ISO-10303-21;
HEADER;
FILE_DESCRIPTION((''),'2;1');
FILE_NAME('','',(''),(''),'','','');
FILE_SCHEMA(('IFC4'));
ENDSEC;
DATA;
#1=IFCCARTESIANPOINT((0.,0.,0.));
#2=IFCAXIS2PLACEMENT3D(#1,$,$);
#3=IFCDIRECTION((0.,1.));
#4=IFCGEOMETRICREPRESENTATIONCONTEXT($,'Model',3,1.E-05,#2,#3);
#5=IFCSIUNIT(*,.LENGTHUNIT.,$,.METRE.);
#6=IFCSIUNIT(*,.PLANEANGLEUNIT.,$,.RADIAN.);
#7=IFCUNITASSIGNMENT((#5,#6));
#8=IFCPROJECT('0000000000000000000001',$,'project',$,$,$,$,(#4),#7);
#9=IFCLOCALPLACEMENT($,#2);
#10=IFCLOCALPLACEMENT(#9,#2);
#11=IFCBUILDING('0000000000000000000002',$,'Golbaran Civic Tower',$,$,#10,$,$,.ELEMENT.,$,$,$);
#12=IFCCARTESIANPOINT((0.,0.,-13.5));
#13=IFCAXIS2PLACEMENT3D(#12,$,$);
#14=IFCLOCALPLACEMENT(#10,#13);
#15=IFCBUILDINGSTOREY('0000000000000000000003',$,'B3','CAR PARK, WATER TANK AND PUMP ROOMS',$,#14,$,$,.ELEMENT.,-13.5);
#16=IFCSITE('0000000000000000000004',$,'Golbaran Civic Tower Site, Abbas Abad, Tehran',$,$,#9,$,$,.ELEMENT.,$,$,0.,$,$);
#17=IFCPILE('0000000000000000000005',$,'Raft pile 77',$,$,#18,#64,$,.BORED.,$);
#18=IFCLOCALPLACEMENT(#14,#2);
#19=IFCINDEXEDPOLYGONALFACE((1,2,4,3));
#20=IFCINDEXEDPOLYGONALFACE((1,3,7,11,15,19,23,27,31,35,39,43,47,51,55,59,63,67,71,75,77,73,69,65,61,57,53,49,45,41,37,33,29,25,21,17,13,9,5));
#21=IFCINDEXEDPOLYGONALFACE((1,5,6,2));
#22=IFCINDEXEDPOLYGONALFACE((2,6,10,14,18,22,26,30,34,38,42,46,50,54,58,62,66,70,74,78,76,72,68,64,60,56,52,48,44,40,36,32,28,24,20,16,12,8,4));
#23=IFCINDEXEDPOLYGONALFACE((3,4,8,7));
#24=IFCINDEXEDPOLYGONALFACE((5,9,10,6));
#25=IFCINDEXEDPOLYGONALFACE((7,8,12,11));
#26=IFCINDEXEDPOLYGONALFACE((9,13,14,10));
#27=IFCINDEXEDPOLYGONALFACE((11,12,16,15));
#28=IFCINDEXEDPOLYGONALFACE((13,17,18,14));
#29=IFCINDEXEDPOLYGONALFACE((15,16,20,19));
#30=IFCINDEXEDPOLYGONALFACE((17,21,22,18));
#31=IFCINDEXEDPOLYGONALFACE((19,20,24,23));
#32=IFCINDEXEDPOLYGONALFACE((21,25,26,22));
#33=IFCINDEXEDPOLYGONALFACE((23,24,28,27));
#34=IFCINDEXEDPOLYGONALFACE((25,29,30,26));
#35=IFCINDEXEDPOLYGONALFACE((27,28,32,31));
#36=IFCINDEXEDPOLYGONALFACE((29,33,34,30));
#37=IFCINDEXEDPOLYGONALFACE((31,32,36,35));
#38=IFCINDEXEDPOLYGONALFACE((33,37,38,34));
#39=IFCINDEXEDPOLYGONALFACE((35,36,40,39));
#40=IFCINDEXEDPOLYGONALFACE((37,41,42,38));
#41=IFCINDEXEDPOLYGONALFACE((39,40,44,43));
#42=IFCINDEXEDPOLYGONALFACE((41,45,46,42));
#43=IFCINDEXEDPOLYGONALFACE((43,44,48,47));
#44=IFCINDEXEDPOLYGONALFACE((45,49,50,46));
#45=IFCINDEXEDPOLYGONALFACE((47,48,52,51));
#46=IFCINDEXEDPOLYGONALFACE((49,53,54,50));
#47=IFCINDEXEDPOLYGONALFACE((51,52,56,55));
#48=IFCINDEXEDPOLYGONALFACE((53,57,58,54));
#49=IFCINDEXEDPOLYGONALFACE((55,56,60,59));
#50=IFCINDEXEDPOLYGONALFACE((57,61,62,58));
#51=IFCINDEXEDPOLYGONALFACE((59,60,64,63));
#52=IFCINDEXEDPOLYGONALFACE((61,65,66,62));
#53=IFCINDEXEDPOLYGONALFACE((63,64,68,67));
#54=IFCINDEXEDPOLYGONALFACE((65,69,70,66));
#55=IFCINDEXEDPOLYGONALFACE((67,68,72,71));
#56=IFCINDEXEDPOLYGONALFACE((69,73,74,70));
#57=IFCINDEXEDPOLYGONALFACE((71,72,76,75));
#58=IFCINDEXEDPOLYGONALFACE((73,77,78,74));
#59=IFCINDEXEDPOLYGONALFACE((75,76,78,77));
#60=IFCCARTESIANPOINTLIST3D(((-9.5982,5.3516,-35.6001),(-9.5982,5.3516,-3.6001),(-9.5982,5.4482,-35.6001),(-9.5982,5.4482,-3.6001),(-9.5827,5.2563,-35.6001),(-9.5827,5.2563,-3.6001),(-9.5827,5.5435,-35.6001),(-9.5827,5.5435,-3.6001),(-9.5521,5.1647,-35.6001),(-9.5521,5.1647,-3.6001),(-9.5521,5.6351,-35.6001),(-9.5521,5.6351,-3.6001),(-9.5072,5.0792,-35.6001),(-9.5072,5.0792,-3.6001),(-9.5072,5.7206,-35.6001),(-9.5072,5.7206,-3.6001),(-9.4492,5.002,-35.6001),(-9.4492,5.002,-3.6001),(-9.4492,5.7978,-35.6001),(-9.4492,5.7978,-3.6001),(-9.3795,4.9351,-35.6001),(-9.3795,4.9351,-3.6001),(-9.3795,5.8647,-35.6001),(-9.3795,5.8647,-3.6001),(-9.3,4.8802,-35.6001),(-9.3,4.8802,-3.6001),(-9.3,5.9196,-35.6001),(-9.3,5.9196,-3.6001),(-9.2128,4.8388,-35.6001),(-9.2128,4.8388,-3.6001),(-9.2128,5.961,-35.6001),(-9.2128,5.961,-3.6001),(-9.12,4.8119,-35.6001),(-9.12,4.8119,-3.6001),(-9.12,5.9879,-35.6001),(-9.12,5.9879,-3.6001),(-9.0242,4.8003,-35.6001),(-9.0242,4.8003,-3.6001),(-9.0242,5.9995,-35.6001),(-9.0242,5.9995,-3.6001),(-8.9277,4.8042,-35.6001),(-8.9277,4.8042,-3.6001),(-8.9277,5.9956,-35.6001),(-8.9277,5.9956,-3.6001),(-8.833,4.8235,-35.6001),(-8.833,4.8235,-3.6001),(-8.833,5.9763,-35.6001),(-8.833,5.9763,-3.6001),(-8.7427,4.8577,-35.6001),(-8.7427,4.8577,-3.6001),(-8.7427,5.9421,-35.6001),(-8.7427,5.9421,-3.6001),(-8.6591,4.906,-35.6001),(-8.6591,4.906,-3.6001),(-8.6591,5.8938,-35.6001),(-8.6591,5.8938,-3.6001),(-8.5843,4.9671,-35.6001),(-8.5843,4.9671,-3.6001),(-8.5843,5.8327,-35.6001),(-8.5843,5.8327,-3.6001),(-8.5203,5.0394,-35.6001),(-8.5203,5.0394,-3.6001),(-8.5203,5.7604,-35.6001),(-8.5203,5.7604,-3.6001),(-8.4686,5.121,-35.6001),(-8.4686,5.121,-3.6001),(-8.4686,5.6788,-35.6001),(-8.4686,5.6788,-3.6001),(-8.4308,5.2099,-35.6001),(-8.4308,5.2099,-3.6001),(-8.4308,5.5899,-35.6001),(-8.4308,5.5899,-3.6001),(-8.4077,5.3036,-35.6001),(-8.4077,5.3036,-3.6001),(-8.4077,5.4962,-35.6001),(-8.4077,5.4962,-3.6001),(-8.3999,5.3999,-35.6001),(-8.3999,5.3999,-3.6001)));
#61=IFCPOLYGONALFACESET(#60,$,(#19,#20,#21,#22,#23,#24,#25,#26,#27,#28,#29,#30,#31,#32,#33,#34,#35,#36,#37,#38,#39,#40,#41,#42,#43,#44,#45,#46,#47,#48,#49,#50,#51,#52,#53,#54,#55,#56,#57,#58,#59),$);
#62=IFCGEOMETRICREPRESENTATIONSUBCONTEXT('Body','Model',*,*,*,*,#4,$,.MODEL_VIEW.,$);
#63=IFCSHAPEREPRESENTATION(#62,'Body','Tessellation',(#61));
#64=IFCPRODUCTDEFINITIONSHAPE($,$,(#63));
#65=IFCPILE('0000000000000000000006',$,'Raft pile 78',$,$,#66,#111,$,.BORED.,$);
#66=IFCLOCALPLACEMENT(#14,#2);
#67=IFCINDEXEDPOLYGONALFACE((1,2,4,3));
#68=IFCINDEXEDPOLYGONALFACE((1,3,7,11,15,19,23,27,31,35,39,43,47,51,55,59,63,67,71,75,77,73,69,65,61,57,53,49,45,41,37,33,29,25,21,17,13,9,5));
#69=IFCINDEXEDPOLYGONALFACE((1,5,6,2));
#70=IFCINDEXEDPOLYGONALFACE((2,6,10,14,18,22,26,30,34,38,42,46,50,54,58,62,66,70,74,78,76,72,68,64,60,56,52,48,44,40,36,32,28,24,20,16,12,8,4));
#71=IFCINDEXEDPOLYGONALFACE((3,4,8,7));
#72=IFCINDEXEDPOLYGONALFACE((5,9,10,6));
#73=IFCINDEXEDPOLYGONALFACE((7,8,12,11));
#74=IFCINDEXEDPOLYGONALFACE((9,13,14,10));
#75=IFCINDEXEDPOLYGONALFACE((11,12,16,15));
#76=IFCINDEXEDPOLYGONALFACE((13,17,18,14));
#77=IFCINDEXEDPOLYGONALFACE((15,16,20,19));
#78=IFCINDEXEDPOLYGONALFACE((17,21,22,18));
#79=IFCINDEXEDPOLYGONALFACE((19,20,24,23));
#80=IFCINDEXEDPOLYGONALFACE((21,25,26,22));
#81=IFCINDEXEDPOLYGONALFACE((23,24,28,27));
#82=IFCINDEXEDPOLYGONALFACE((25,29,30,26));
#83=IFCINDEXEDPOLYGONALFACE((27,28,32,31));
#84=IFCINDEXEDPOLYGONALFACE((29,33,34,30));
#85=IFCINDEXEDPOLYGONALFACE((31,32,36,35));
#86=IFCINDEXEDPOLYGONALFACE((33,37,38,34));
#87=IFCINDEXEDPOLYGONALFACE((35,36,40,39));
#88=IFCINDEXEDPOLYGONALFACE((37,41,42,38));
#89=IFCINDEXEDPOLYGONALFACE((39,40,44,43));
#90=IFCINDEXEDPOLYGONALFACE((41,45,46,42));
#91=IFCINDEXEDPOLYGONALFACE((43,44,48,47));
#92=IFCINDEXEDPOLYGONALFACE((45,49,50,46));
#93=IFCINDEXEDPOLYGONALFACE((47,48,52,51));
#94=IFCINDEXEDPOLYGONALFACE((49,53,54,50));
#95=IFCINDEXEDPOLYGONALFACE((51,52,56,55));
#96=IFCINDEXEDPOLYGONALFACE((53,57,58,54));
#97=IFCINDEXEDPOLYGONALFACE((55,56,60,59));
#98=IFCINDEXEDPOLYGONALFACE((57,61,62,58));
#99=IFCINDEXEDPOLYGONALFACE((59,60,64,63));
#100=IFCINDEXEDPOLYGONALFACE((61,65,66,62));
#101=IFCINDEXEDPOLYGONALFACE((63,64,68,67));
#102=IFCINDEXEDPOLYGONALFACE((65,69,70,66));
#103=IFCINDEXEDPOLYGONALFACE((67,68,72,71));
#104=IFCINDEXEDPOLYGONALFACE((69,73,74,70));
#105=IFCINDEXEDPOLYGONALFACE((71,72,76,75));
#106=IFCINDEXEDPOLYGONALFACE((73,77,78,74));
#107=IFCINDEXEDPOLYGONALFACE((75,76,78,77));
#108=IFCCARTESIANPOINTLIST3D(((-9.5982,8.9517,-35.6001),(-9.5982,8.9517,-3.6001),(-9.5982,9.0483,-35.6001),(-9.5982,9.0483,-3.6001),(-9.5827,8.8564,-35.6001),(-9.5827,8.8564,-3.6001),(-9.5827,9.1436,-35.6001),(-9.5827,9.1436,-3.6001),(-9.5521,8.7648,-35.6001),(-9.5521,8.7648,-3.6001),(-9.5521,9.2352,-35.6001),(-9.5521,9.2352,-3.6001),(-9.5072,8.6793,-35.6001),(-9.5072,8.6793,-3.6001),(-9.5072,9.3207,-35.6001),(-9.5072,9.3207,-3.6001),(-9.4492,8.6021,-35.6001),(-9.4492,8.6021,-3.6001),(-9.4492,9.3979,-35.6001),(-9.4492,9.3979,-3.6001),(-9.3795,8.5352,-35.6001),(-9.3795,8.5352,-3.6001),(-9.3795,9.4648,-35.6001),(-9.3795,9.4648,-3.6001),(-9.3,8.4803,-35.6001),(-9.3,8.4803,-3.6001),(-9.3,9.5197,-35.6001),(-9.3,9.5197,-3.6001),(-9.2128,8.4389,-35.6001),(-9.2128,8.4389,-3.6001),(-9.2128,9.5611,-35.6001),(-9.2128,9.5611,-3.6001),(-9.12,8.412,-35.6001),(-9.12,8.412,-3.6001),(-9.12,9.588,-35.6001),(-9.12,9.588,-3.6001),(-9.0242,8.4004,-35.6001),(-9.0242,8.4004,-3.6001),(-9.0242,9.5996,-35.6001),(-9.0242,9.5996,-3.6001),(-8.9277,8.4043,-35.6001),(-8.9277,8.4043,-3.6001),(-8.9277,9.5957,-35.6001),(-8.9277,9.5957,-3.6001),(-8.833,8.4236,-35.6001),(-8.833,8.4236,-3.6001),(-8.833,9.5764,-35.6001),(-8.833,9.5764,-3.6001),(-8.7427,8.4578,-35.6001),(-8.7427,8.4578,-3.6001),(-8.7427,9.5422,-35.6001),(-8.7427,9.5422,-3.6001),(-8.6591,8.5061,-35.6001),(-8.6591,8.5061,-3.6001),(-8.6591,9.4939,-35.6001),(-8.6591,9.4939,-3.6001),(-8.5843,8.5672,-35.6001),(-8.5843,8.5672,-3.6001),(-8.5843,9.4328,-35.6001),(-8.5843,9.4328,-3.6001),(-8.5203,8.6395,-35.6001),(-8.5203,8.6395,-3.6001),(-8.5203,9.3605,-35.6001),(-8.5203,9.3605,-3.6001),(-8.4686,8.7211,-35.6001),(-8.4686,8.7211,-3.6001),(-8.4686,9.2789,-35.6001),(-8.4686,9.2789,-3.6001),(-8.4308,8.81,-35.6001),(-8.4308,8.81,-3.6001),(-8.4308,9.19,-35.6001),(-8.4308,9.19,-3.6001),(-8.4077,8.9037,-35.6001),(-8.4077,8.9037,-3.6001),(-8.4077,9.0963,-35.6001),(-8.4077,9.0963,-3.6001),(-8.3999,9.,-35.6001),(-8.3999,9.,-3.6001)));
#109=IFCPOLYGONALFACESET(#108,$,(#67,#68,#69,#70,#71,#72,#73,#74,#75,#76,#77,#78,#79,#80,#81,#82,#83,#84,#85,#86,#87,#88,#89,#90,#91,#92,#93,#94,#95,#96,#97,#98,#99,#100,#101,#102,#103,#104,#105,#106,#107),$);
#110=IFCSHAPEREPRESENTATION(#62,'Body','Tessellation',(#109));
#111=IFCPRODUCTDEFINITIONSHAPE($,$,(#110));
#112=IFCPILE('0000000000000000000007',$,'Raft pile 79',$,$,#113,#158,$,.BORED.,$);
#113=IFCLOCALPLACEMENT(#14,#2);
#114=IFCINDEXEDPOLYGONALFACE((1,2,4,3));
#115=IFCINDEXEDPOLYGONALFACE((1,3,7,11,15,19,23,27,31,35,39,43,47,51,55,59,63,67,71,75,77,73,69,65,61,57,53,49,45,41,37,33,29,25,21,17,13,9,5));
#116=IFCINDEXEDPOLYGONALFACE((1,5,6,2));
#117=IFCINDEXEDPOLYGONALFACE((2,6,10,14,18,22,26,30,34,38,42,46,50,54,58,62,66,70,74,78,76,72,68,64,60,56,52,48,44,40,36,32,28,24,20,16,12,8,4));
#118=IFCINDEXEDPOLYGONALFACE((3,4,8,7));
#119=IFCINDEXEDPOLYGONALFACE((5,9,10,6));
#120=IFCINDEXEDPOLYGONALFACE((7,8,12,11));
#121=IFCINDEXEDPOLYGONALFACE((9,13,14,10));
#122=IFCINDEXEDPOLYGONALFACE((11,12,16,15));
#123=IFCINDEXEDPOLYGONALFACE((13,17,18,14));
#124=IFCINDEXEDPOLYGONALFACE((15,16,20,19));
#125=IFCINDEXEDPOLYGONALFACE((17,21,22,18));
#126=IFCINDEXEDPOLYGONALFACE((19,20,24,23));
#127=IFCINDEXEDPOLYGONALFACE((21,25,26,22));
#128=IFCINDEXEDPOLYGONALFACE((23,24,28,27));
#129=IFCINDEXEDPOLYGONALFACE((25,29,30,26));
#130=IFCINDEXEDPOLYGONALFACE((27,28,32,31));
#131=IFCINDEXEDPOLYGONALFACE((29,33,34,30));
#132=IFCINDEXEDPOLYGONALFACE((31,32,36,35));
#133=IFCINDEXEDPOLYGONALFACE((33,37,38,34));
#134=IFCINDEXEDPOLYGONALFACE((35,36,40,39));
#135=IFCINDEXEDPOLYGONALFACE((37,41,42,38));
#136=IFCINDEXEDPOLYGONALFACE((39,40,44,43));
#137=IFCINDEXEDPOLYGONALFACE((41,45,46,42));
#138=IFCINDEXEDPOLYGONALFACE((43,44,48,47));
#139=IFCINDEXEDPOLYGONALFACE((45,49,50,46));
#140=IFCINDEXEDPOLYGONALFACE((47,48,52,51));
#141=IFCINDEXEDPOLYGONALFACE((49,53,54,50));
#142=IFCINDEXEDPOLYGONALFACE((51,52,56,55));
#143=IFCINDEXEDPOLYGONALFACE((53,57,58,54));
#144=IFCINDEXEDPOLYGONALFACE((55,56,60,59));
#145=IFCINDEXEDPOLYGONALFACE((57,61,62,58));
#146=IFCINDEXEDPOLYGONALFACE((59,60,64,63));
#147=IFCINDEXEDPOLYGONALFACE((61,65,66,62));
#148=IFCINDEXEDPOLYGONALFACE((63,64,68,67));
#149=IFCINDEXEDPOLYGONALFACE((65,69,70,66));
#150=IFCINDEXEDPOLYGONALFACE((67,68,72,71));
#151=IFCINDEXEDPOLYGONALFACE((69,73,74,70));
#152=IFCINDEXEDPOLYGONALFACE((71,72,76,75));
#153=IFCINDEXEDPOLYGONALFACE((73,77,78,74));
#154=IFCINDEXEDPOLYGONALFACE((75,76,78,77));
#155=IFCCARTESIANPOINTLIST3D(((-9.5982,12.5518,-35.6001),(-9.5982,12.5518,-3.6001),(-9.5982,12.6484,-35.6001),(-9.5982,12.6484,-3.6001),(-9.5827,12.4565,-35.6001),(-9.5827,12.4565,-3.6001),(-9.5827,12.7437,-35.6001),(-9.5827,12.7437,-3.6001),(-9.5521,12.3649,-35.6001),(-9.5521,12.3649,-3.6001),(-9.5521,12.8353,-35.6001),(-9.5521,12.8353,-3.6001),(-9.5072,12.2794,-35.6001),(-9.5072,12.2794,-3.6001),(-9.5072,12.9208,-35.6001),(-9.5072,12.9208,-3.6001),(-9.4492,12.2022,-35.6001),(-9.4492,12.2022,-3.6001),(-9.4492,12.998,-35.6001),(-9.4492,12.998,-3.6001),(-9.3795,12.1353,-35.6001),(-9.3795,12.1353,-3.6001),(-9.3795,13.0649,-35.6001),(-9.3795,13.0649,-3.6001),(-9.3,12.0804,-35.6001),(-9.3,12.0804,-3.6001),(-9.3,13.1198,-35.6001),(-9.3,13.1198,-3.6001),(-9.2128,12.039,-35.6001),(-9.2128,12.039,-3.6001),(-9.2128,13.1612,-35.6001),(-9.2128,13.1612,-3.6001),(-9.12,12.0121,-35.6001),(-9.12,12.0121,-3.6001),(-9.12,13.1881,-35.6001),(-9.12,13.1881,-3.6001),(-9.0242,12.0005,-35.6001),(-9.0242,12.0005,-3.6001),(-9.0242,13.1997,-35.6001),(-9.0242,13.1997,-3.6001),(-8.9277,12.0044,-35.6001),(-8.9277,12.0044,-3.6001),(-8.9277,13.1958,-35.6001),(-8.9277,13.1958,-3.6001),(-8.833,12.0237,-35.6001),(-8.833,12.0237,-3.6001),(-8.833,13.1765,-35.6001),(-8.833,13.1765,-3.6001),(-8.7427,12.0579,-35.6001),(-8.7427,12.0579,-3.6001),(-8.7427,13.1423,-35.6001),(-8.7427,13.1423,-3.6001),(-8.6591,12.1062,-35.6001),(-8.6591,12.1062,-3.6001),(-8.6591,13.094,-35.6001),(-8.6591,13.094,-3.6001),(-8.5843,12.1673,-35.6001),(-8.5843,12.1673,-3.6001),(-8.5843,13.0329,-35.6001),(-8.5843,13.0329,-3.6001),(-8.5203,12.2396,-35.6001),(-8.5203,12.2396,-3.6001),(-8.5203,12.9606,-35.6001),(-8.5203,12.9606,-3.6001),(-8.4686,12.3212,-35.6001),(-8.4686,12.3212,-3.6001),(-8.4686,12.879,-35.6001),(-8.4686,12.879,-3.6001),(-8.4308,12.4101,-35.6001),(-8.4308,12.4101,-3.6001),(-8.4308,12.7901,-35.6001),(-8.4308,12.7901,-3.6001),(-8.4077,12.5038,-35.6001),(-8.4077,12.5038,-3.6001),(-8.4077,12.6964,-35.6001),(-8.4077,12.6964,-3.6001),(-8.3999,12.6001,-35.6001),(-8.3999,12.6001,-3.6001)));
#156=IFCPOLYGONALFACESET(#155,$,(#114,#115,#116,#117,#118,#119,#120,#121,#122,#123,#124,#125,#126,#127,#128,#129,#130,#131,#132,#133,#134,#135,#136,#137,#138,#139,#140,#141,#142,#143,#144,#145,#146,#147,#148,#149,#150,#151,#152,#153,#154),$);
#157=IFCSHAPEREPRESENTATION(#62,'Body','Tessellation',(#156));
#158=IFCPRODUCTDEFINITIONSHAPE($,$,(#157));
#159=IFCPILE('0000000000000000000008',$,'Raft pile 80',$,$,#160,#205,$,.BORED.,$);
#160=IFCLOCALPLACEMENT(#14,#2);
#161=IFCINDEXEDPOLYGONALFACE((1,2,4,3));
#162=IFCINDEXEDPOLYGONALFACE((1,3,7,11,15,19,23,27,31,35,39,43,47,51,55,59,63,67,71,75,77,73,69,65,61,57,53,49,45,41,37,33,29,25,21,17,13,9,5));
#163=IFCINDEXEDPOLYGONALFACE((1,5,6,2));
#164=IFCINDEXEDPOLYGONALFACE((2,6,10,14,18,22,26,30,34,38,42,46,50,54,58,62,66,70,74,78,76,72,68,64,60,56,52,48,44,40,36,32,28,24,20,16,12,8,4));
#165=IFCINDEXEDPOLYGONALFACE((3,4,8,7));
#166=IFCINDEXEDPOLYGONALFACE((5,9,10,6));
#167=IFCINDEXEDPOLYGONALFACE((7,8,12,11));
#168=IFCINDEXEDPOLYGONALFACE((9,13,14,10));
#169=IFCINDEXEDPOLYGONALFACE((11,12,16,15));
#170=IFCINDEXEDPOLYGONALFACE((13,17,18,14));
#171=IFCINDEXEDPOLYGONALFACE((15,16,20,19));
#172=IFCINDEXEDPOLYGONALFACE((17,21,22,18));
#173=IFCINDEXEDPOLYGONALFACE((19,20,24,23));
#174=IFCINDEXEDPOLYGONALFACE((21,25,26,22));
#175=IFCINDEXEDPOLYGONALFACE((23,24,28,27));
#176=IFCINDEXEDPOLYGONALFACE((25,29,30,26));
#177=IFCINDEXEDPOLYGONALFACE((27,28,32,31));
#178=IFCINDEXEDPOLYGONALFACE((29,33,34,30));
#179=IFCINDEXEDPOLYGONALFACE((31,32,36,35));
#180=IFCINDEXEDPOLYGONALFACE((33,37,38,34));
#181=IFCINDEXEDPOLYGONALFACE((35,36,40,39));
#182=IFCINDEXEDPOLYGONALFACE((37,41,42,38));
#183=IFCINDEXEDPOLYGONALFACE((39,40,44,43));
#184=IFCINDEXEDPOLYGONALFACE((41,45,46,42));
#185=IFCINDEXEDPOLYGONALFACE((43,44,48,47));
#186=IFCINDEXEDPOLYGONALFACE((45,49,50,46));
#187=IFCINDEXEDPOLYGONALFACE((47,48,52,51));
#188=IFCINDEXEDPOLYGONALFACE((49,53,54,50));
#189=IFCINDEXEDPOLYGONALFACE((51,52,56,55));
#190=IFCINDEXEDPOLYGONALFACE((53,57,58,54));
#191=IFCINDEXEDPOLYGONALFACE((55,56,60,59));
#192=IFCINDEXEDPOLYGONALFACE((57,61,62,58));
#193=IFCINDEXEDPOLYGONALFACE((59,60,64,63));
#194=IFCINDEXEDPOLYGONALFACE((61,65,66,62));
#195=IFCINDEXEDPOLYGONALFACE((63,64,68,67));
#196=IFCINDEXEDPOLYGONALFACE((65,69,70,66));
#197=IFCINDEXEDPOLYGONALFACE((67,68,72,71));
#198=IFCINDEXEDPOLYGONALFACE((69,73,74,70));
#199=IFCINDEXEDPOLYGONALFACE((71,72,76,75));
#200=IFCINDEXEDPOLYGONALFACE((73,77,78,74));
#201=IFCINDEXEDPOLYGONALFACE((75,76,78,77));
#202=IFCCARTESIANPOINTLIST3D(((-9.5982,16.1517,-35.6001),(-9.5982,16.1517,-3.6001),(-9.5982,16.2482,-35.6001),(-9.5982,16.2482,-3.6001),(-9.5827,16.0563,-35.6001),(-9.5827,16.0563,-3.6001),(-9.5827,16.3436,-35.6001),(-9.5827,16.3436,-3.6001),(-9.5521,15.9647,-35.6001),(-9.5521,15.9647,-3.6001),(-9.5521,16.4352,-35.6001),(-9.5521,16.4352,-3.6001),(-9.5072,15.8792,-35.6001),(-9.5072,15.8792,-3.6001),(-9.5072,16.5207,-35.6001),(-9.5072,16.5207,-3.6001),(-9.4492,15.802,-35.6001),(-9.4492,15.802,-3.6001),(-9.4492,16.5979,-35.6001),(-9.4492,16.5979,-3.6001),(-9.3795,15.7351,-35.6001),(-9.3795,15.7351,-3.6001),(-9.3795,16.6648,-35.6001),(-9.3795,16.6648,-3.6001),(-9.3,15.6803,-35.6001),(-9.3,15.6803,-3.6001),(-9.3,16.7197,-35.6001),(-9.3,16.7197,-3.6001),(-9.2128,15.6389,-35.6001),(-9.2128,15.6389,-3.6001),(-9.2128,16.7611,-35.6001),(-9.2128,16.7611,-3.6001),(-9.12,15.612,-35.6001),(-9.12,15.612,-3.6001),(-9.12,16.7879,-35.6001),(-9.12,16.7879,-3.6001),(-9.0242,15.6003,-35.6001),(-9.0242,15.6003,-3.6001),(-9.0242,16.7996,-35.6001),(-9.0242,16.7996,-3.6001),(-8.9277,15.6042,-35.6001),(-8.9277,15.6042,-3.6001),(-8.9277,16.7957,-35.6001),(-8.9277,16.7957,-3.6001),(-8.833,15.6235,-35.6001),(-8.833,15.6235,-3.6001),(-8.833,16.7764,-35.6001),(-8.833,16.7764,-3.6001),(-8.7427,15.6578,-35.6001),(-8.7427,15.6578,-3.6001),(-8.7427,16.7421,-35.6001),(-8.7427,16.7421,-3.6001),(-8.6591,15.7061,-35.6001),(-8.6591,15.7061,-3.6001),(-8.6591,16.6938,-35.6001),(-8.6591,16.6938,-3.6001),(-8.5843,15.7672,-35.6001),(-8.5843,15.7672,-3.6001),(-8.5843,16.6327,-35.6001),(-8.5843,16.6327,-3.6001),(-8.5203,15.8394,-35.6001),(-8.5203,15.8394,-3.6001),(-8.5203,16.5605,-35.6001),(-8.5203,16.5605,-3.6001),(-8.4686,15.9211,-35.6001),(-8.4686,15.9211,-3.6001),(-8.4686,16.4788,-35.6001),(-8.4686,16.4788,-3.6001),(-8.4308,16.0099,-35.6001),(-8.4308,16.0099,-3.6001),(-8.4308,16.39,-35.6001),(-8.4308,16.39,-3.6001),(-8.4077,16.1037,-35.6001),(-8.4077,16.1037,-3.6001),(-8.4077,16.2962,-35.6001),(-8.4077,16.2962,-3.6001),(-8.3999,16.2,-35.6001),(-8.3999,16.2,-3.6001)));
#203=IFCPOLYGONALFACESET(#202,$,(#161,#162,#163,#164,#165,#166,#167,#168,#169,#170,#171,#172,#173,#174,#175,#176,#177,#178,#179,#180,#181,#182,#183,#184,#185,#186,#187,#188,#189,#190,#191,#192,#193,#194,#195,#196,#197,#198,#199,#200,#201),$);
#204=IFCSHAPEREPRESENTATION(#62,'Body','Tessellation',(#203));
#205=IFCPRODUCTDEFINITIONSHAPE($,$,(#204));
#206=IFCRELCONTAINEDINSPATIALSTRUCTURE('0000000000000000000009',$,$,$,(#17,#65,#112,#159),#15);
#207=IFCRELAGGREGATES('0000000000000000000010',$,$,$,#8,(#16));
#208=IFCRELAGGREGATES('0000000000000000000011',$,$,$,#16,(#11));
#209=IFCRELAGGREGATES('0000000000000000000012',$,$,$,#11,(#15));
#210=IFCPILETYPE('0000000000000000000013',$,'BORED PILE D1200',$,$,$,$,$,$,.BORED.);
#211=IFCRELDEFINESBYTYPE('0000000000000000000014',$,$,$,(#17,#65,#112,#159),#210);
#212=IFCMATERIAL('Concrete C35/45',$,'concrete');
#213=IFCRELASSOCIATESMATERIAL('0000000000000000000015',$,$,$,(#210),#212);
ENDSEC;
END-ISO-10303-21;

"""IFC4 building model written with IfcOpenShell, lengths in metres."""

from ifc_helpers import new_model, si_unit, direction, frame, origin, origin_2d, place, context, subcontext, project, spatial, circle, extrude, material, material_profile, profile_set, type_object, element, save


model = new_model("IFC4")

# Units and contexts
model_context = context("Model", 3, precision=1e-05, world=origin(), true_north=direction((0.0, 1.0)))
body_context = subcontext(model_context, "Body", "Model", "MODEL_VIEW")
ifc_project = project(units=[si_unit("LENGTHUNIT", "METRE"), si_unit("PLANEANGLEUNIT", "RADIAN")], contexts=[model_context])

# Site, building, storey
site_placement = place(None, origin())
site = spatial("IfcSite", under=ifc_project, at=site_placement, Name="Golbaran Civic Tower Site, Abbas Abad, Tehran", CompositionType="ELEMENT", RefElevation=0.0)
building_placement = place(site_placement, origin())
building = spatial("IfcBuilding", under=site, at=building_placement, Name="Golbaran Civic Tower", CompositionType="ELEMENT")
storey_placement = place(building_placement, frame((0.0, 0.0, -13.5)))
storey = spatial("IfcBuildingStorey", under=building, at=storey_placement, Name="B3", Description="CAR PARK, WATER TANK AND PUMP ROOMS", CompositionType="ELEMENT", Elevation=-13.5)

# Piles
ifc_material_1 = material(Name="Concrete C35/45", Category="concrete")
ifc_material_profile_1 = material_profile(ifc_material_1, circle(Radius=0.6001, at=origin_2d()), Name="BORED PILE D1200")
ifc_profile_set_1 = profile_set([ifc_material_profile_1], Name="Concrete C35/45")
pile_type = type_object("IfcPileType", Name="BORED PILE D1200", PredefinedType="BORED", material=ifc_profile_set_1)
for number, where, z_axis, x_axis, name in (
    (1, (-9.0, 5.3999, -3.6001), (0.0, 0.0, -1.0), (1.0, 0.0, 0.0), "Raft pile 77"),
    (2, (-9.0, 9.0, -3.6001), (0.0, 0.0, -1.0), (1.0, 0.0, 0.0), "Raft pile 78"),
    (3, (-9.0, 12.6001, -3.6001), (0.0, 0.0, -1.0), (1.0, 0.0, 0.0), "Raft pile 79"),
    (4, (-9.0, 16.2, -3.6001), (0.0, 0.0, -1.0), (1.0, 0.0, 0.0), "Raft pile 80"),
):
    element("IfcPile", number, at=place(storey_placement, frame(where, z_axis=z_axis, x_axis=x_axis)), inside=storey, type_object=pile_type, Name=name, PredefinedType="BORED", context=body_context, shape_type="SweptSolid", body=[
        extrude(circle(Radius=0.6001, at=origin_2d()), origin(), (0.0, 0.0, 1.0), 32.0),
    ])

save(model, "model.ifc")
